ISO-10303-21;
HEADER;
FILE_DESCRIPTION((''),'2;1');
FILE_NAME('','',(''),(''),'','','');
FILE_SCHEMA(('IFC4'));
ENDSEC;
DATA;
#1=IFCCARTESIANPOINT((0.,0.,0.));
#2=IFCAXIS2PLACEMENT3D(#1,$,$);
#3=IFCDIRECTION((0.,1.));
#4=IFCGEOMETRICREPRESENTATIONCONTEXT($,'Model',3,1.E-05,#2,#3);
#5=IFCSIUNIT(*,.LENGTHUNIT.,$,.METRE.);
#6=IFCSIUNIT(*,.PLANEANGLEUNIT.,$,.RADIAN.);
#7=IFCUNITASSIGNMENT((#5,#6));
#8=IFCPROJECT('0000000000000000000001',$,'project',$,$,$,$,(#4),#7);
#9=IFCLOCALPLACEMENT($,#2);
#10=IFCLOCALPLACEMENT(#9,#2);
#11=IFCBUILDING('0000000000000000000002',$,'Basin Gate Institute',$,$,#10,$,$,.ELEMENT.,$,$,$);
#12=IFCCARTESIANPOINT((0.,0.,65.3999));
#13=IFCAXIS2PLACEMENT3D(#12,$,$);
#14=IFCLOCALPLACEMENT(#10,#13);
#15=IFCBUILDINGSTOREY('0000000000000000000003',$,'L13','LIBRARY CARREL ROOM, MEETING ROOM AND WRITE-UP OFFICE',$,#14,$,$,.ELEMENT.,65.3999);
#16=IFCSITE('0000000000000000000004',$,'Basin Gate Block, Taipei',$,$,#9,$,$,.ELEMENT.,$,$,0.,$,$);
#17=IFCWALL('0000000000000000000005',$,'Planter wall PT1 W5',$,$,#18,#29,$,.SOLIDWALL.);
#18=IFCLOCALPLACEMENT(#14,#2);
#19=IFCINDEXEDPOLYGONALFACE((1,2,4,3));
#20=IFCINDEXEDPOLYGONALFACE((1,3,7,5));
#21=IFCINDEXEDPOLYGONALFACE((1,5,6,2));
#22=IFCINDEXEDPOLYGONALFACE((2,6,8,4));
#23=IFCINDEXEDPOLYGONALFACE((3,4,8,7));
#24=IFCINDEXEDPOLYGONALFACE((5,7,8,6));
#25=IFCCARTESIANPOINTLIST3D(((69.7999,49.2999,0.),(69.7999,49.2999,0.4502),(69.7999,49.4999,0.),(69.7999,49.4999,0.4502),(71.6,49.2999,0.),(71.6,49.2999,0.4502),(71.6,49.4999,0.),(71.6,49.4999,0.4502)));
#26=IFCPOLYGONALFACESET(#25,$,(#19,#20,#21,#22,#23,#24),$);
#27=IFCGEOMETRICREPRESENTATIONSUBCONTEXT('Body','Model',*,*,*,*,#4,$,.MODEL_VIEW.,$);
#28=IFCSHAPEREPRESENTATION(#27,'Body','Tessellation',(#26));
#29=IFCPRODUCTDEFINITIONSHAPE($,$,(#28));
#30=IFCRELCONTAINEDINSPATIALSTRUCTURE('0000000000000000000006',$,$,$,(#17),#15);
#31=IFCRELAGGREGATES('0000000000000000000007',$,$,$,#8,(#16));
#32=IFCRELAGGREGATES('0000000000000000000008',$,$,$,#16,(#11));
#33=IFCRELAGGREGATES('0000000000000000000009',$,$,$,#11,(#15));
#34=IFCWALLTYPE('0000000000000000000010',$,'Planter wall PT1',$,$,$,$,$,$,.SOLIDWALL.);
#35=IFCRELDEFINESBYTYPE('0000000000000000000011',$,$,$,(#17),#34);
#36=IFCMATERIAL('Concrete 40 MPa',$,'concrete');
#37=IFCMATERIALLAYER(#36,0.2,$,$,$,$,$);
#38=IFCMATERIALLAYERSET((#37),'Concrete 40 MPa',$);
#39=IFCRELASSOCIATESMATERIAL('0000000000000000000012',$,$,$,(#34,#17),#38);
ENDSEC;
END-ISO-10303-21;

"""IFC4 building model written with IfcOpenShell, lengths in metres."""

from ifc_helpers import new_model, si_unit, direction, frame, frame_2d, origin, place, context, subcontext, project, spatial, rectangle, extrude, material, layer, layer_set, type_object, element, save


model = new_model("IFC4")

# Units and contexts
model_context = context("Model", 3, precision=1e-05, world=origin(), true_north=direction((0.0, 1.0)))
body_context = subcontext(model_context, "Body", "Model", "MODEL_VIEW")
ifc_project = project(units=[si_unit("LENGTHUNIT", "METRE"), si_unit("PLANEANGLEUNIT", "RADIAN")], contexts=[model_context])

# Site, building, storey
site_placement = place(None, origin())
site = spatial("IfcSite", under=ifc_project, at=site_placement, Name="Basin Gate Block, Taipei", CompositionType="ELEMENT", RefElevation=0.0)
building_placement = place(site_placement, origin())
building = spatial("IfcBuilding", under=site, at=building_placement, Name="Basin Gate Institute", CompositionType="ELEMENT")
storey_placement = place(building_placement, frame((0.0, 0.0, 65.3999)))
storey = spatial("IfcBuildingStorey", under=building, at=storey_placement, Name="L13", Description="LIBRARY CARREL ROOM, MEETING ROOM AND WRITE-UP OFFICE", CompositionType="ELEMENT", Elevation=65.3999)

# Wall
ifc_material_1 = material(Name="Concrete 40 MPa", Category="concrete")
ifc_layer = layer(ifc_material_1, 0.2)
ifc_layer_set = layer_set([ifc_layer], Name="Concrete 40 MPa")
wall_type = type_object("IfcWallType", Name="Planter wall PT1", PredefinedType="SOLIDWALL", material=ifc_layer_set)
wall_placement = place(storey_placement, frame((69.8, 49.3999, 0.0), z_axis=(0.0, 0.0, 1.0), x_axis=(1.0, 0.0, 0.0)))
element("IfcWall", 1, at=wall_placement, inside=storey, type_object=wall_type, material=ifc_layer_set, Name="Planter wall PT1 W5", PredefinedType="SOLIDWALL", context=body_context, shape_type="SweptSolid", body=[
    extrude(rectangle(XDim=1.8, YDim=0.2, at=frame_2d((0.8999, 0.0))), origin(), (0.0, 0.0, 1.0), 0.4502),
])

save(model, "model.ifc")
